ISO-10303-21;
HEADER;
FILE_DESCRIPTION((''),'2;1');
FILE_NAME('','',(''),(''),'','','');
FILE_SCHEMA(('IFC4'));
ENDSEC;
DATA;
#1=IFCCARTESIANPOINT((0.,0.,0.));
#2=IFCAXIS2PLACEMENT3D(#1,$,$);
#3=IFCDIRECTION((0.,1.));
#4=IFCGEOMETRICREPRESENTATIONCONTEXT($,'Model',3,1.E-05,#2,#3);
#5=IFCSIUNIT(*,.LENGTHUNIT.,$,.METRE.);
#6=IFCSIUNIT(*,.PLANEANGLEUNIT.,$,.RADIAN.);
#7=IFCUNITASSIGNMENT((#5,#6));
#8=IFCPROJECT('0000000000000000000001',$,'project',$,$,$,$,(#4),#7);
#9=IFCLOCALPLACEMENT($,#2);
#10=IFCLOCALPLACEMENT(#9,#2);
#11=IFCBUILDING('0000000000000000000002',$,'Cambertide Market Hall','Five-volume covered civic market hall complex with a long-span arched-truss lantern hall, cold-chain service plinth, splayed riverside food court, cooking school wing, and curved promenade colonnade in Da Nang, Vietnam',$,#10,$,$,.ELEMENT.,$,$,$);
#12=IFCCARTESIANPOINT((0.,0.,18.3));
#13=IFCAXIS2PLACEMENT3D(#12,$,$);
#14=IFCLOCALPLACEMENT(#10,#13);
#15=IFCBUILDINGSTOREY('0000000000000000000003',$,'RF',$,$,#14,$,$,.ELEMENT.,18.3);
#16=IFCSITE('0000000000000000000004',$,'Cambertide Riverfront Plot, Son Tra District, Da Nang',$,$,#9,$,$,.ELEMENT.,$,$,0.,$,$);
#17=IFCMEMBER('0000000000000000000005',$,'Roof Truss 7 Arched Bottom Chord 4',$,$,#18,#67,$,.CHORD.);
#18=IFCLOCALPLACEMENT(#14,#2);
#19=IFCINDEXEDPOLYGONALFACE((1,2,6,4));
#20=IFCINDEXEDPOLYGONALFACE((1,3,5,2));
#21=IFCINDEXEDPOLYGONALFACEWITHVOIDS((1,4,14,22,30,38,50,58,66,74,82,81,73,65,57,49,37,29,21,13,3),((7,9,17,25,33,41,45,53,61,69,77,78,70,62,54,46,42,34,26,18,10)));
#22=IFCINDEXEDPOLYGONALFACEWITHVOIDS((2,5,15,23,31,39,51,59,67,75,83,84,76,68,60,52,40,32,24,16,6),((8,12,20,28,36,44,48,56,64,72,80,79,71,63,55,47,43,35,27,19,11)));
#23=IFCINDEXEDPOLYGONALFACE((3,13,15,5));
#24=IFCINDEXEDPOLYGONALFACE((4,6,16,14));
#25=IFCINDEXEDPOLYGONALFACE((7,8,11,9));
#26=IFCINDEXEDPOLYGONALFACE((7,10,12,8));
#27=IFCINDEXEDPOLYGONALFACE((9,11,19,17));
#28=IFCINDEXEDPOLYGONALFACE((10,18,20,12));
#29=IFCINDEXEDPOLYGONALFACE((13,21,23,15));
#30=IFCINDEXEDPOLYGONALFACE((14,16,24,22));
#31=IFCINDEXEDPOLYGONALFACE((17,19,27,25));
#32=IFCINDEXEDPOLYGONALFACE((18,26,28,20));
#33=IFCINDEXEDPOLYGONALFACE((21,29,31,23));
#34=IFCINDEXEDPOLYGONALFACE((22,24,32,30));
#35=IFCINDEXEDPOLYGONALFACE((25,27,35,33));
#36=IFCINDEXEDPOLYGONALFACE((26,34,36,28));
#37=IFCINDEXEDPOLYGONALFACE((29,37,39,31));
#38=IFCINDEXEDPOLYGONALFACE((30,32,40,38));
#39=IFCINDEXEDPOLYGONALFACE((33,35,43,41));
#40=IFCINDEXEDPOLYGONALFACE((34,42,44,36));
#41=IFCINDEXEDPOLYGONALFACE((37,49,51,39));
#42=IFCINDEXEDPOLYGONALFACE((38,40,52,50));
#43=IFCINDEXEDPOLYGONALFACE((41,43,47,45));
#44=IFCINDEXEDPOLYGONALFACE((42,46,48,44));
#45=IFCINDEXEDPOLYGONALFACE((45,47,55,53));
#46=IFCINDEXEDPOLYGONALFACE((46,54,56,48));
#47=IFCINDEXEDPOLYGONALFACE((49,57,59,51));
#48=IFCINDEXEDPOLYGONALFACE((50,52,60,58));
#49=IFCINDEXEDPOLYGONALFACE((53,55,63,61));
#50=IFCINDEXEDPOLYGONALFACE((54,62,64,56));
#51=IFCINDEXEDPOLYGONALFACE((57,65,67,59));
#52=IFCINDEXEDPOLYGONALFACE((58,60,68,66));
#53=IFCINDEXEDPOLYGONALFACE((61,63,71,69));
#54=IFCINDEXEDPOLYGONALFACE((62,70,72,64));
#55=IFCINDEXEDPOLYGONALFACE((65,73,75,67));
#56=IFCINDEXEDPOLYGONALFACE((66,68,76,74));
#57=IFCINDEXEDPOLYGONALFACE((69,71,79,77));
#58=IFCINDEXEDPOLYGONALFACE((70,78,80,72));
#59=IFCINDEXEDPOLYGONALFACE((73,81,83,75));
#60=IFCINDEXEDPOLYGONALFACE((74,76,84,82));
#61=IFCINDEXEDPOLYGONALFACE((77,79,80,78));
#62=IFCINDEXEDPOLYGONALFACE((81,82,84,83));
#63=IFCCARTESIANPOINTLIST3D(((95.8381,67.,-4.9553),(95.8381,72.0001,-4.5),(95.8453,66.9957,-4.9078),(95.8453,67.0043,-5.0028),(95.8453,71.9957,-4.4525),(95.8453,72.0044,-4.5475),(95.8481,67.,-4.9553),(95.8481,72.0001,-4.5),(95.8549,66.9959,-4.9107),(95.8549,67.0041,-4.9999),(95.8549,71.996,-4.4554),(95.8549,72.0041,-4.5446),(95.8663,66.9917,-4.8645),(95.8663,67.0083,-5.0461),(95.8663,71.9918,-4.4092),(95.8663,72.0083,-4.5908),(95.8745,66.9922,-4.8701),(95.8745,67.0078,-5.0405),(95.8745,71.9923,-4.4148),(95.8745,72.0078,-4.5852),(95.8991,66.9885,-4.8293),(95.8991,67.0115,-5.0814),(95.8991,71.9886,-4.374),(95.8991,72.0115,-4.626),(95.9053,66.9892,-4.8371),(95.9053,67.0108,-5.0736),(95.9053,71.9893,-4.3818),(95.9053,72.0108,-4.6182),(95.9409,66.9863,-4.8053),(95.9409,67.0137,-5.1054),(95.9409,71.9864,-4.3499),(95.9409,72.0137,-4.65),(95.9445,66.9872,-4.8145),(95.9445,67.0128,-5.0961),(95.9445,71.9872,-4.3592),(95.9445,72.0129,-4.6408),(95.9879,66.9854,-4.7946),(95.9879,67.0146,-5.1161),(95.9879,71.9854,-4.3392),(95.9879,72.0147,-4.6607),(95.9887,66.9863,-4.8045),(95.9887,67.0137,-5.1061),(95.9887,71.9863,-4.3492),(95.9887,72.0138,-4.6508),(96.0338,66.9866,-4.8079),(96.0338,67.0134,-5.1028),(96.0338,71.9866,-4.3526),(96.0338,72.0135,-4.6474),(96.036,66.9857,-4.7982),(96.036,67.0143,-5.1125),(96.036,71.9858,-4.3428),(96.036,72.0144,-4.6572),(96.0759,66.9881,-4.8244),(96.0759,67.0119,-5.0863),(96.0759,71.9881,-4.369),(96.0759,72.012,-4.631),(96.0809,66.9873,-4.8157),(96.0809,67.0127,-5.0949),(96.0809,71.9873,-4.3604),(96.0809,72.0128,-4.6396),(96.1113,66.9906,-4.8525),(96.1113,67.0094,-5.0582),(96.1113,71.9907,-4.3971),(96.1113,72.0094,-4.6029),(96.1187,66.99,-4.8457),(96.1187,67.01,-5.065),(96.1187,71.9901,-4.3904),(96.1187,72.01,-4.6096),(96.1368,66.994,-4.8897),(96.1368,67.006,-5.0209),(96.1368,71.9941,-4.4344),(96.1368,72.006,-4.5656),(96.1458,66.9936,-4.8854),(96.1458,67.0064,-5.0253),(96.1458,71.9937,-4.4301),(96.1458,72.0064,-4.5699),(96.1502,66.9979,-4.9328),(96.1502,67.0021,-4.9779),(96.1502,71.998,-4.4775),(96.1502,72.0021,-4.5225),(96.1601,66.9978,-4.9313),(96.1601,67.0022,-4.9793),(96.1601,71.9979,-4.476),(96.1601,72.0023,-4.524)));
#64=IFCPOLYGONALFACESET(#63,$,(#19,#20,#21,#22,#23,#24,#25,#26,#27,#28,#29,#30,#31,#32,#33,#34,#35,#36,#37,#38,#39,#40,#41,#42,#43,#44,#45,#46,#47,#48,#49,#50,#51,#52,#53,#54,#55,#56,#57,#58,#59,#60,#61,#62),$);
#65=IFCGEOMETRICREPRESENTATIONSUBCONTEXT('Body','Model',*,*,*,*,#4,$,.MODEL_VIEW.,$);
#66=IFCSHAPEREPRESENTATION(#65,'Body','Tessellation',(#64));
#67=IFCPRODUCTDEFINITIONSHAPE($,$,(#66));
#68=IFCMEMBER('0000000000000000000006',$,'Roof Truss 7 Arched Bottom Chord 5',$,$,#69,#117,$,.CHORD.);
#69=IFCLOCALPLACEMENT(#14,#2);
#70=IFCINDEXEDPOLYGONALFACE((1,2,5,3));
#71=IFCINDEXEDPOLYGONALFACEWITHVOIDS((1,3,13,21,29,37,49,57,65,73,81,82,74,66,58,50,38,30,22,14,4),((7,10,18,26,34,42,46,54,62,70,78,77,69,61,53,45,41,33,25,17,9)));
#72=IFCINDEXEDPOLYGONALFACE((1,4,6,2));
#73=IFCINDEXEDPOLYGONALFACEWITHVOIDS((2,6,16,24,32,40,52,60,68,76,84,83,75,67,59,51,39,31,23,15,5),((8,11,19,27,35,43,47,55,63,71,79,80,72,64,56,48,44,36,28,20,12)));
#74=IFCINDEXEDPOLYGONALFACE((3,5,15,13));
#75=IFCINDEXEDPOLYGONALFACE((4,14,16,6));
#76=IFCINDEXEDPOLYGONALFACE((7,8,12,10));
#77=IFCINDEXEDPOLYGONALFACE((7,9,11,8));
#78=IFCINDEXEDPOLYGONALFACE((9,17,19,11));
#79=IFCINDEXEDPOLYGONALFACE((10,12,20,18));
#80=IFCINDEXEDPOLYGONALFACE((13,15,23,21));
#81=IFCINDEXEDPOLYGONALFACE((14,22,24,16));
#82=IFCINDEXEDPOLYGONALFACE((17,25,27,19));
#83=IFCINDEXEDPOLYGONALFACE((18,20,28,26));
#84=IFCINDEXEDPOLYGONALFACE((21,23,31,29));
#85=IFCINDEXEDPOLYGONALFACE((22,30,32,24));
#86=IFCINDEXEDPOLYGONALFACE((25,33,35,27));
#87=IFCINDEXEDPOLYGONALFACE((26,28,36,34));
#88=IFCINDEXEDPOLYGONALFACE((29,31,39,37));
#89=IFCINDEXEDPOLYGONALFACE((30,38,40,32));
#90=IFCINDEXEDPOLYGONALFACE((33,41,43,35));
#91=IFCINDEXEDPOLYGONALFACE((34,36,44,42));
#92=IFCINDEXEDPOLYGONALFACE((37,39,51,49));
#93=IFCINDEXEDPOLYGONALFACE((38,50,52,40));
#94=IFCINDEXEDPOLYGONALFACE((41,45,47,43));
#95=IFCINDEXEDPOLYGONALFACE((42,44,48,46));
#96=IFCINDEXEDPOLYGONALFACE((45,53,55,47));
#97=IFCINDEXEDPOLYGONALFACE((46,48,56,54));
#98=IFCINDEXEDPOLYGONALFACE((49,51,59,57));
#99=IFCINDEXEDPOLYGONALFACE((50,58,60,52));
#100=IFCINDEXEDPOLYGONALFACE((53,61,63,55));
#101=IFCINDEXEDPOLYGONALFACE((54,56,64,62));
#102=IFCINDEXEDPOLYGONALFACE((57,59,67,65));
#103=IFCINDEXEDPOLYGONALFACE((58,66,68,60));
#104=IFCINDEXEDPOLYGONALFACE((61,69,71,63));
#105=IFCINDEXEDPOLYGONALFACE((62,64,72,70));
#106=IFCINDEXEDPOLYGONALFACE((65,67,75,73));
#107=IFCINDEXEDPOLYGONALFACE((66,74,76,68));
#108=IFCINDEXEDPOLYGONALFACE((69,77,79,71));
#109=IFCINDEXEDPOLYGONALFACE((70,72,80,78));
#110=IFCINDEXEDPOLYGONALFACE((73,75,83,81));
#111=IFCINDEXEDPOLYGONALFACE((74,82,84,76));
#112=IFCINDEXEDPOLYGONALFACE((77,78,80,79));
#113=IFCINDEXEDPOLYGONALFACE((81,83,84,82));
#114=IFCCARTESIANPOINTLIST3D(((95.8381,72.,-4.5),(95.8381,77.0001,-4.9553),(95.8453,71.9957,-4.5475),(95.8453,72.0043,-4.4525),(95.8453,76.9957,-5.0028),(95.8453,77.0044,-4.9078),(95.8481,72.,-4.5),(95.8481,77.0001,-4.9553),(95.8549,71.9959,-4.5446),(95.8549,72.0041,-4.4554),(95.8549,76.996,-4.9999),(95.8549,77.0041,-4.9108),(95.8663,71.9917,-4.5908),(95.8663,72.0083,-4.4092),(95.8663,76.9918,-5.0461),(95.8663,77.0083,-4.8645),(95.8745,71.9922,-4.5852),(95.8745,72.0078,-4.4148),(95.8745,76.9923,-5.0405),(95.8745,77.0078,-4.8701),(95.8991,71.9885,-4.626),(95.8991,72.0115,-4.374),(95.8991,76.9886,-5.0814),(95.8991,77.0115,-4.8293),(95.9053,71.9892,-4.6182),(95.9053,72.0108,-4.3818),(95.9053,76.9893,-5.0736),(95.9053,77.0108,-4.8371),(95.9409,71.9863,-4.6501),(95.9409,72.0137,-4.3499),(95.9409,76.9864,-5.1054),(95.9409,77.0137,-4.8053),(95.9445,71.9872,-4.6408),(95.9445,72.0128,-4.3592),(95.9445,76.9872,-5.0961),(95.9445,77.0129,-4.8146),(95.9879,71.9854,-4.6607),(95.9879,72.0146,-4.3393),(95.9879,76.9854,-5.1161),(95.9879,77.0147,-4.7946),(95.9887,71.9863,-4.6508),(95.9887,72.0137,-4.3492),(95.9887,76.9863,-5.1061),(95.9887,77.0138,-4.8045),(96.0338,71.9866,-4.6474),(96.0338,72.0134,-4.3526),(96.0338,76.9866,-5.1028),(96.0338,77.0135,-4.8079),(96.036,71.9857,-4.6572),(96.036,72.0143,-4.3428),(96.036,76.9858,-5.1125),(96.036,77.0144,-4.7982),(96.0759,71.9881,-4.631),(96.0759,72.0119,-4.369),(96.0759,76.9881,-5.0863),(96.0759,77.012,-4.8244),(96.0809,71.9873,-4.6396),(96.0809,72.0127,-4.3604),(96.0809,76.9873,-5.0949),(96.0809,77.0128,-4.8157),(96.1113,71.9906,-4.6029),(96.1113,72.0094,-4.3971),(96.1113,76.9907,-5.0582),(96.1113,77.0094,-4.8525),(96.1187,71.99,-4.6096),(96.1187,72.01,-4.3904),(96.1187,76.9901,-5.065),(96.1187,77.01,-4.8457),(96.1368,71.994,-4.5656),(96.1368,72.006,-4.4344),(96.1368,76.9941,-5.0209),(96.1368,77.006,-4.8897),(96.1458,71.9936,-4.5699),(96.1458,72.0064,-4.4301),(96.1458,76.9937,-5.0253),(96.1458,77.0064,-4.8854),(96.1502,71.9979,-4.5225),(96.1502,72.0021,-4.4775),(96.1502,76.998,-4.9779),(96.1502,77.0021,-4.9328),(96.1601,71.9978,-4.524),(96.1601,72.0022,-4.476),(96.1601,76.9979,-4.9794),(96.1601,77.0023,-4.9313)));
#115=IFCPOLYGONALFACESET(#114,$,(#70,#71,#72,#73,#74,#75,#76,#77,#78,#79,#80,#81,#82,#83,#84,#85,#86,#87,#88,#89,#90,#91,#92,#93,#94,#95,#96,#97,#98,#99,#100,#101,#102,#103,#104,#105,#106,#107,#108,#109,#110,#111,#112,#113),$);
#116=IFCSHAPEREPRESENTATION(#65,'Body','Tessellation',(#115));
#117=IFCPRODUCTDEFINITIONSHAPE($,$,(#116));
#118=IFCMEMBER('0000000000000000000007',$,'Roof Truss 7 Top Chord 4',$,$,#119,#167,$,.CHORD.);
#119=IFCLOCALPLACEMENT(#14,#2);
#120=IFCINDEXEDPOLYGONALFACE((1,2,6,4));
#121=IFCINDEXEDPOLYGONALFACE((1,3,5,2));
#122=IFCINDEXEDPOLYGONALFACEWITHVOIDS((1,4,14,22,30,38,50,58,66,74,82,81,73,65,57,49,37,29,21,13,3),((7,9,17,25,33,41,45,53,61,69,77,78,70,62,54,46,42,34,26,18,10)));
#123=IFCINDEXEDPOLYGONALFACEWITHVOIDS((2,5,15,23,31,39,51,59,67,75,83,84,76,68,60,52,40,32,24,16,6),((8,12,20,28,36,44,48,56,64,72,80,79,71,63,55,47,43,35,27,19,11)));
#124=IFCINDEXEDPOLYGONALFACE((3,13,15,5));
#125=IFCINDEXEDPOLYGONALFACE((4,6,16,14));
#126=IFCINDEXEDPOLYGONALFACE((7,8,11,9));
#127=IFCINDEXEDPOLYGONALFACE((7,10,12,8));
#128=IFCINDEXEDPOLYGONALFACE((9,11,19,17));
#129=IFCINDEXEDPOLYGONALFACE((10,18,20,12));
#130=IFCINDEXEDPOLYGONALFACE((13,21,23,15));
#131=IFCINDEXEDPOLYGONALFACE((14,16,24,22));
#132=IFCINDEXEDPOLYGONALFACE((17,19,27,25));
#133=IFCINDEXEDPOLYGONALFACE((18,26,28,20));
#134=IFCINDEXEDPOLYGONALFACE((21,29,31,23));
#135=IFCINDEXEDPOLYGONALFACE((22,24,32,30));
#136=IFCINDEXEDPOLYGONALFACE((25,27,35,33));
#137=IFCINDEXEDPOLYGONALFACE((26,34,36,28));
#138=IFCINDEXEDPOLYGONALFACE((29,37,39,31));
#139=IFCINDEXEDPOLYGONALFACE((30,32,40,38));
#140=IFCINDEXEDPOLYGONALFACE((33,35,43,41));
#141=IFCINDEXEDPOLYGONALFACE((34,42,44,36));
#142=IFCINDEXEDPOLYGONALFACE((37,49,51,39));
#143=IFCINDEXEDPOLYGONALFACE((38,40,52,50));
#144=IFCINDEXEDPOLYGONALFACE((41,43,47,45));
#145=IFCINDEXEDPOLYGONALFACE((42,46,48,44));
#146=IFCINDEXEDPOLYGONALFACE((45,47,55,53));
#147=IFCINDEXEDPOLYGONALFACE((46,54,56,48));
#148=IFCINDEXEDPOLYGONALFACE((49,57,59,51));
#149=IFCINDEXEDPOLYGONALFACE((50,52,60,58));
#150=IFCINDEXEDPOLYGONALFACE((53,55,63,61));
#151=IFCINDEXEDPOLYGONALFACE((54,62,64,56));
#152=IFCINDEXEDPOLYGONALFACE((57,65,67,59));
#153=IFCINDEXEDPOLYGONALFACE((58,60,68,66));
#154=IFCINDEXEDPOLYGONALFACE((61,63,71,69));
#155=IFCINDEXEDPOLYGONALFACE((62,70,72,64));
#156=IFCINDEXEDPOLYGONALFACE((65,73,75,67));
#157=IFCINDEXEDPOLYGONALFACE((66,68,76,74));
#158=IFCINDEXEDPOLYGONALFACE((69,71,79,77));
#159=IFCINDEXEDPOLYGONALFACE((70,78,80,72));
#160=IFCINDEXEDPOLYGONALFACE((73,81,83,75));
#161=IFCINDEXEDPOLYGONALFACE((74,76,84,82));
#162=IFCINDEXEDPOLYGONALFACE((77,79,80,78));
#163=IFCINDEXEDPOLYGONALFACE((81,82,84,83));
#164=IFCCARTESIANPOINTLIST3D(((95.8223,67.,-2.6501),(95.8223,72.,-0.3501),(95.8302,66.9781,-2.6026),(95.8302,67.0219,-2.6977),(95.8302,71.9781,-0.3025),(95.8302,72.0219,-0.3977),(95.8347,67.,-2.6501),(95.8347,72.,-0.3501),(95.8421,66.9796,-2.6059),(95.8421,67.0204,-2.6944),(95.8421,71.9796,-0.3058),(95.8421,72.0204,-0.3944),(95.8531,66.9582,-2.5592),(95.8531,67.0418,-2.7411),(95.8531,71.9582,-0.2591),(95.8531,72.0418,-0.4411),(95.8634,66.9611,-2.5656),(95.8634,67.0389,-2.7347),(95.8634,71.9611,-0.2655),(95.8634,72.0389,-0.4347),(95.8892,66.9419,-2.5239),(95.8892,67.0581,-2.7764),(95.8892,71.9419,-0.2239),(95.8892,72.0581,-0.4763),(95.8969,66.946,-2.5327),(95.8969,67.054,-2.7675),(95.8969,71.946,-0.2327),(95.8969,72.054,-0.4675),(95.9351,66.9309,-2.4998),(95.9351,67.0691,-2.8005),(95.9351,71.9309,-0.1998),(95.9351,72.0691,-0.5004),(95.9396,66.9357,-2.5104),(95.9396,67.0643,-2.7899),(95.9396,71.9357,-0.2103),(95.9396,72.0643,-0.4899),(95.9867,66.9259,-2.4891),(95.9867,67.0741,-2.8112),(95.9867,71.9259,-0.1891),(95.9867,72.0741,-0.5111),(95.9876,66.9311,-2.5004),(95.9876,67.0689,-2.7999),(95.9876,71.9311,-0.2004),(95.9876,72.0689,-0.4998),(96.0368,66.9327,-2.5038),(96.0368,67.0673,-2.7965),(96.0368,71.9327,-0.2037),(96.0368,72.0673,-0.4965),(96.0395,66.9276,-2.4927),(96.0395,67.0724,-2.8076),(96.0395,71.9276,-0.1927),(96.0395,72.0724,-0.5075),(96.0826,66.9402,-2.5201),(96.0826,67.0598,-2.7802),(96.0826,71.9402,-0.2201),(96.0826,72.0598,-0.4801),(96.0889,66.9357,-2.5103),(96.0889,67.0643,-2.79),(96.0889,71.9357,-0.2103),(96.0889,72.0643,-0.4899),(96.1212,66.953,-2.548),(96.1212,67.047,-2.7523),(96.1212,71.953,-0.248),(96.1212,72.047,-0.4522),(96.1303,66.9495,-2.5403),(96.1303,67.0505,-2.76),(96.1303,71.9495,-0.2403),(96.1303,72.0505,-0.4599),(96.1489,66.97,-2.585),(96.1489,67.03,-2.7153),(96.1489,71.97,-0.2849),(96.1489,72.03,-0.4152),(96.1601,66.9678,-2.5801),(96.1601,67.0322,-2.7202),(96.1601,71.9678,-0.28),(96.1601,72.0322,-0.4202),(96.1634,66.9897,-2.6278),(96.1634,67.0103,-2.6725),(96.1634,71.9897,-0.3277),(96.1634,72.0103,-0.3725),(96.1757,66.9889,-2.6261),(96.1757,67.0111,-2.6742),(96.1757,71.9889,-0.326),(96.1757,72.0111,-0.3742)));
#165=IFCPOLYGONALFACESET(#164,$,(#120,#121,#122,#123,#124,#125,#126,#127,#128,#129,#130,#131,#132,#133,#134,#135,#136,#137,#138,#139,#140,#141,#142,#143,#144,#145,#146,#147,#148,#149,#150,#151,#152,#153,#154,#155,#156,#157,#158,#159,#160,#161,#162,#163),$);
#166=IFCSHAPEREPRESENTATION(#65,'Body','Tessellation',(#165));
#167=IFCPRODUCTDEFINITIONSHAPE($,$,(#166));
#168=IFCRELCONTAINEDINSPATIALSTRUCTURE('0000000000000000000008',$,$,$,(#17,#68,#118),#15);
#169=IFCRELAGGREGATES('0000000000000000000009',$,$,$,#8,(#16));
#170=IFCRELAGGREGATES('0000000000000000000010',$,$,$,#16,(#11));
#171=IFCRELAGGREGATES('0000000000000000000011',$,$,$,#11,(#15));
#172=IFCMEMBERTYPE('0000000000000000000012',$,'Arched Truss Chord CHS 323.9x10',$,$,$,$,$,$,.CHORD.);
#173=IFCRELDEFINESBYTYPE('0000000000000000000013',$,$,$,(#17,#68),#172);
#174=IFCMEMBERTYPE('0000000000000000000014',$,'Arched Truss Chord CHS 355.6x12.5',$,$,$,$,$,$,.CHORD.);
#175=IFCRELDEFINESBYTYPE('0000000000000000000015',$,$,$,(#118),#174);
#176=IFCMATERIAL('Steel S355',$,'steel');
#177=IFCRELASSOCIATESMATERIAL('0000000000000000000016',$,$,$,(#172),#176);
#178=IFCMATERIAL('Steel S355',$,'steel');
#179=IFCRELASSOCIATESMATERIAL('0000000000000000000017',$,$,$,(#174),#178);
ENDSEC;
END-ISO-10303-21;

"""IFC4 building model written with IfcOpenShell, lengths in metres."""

from ifc_helpers import new_model, si_unit, direction, frame, origin, origin_2d, place, context, subcontext, project, spatial, hollow_circle, extrude, material, material_profile, profile_set, type_object, element, save


model = new_model("IFC4")

# Units and contexts
model_context = context("Model", 3, precision=1e-05, world=origin(), true_north=direction((0.0, 1.0)))
body_context = subcontext(model_context, "Body", "Model", "MODEL_VIEW")
ifc_project = project(units=[si_unit("LENGTHUNIT", "METRE"), si_unit("PLANEANGLEUNIT", "RADIAN")], contexts=[model_context])

# Site, building, storey
site_placement = place(None, origin())
site = spatial("IfcSite", under=ifc_project, at=site_placement, Name="Cambertide Riverfront Plot, Son Tra District, Da Nang", CompositionType="ELEMENT", RefElevation=0.0)
building_placement = place(site_placement, origin())
building = spatial("IfcBuilding", under=site, at=building_placement, Name="Cambertide Market Hall", Description="Five-volume covered civic market hall complex with a long-span arched-truss lantern hall, cold-chain service plinth, splayed riverside food court, cooking school wing, and curved promenade colonnade in Da Nang, Vietnam", CompositionType="ELEMENT")
storey_placement = place(building_placement, frame((0.0, 0.0, 18.3)))
storey = spatial("IfcBuildingStorey", under=building, at=storey_placement, Name="RF", CompositionType="ELEMENT", Elevation=18.3)

# Members
ifc_material_1 = material(Name="Steel S355", Category="steel")
ifc_material_profile_1 = material_profile(ifc_material_1, hollow_circle(Radius=0.1619, WallThickness=0.01, at=origin_2d()), Name="CHS 323.9x10")
ifc_profile_set_1 = profile_set([ifc_material_profile_1], Name="Steel S355")
member_type_1 = type_object("IfcMemberType", Name="Arched Truss Chord CHS 323.9x10", PredefinedType="CHORD", material=ifc_profile_set_1)
for number, where, z_axis, x_axis, name in (
    (1, (96.0, 67.0, -4.9553), (0.0, 0.995879, 0.090689), (-1.0, 0.0, 0.0), "Roof Truss 7 Arched Bottom Chord 4"),
    (2, (96.0, 72.0, -4.5), (0.0, 0.995879, -0.090689), (-1.0, 0.0, 0.0), "Roof Truss 7 Arched Bottom Chord 5"),
):
    element("IfcMember", number, at=place(storey_placement, frame(where, z_axis=z_axis, x_axis=x_axis)), inside=storey, type_object=member_type_1, Name=name, PredefinedType="CHORD", context=body_context, shape_type="SweptSolid", body=[
        extrude(hollow_circle(Radius=0.1619, WallThickness=0.01, at=origin_2d()), origin(), (0.0, 0.0, 1.0), 5.0208),
    ])
ifc_material_2 = material(Name="Steel S355", Category="steel")
ifc_material_profile_2 = material_profile(ifc_material_2, hollow_circle(Radius=0.1777, WallThickness=0.0125, at=origin_2d()), Name="CHS 355.6x12.5")
ifc_profile_set_2 = profile_set([ifc_material_profile_2], Name="Steel S355")
member_type_2 = type_object("IfcMemberType", Name="Arched Truss Chord CHS 355.6x12.5", PredefinedType="CHORD", material=ifc_profile_set_2)
for number, where, z_axis, x_axis, name in (
    (3, (96.0, 67.0, -2.6501), (0.0, 0.908487, 0.417913), (-1.0, 0.0, 0.0), "Roof Truss 7 Top Chord 4"),
):
    element("IfcMember", number, at=place(storey_placement, frame(where, z_axis=z_axis, x_axis=x_axis)), inside=storey, type_object=member_type_2, Name=name, PredefinedType="CHORD", context=body_context, shape_type="SweptSolid", body=[
        extrude(hollow_circle(Radius=0.1777, WallThickness=0.0125, at=origin_2d()), origin(), (0.0, 0.0, 1.0), 5.5037),
    ])

save(model, "model.ifc")
